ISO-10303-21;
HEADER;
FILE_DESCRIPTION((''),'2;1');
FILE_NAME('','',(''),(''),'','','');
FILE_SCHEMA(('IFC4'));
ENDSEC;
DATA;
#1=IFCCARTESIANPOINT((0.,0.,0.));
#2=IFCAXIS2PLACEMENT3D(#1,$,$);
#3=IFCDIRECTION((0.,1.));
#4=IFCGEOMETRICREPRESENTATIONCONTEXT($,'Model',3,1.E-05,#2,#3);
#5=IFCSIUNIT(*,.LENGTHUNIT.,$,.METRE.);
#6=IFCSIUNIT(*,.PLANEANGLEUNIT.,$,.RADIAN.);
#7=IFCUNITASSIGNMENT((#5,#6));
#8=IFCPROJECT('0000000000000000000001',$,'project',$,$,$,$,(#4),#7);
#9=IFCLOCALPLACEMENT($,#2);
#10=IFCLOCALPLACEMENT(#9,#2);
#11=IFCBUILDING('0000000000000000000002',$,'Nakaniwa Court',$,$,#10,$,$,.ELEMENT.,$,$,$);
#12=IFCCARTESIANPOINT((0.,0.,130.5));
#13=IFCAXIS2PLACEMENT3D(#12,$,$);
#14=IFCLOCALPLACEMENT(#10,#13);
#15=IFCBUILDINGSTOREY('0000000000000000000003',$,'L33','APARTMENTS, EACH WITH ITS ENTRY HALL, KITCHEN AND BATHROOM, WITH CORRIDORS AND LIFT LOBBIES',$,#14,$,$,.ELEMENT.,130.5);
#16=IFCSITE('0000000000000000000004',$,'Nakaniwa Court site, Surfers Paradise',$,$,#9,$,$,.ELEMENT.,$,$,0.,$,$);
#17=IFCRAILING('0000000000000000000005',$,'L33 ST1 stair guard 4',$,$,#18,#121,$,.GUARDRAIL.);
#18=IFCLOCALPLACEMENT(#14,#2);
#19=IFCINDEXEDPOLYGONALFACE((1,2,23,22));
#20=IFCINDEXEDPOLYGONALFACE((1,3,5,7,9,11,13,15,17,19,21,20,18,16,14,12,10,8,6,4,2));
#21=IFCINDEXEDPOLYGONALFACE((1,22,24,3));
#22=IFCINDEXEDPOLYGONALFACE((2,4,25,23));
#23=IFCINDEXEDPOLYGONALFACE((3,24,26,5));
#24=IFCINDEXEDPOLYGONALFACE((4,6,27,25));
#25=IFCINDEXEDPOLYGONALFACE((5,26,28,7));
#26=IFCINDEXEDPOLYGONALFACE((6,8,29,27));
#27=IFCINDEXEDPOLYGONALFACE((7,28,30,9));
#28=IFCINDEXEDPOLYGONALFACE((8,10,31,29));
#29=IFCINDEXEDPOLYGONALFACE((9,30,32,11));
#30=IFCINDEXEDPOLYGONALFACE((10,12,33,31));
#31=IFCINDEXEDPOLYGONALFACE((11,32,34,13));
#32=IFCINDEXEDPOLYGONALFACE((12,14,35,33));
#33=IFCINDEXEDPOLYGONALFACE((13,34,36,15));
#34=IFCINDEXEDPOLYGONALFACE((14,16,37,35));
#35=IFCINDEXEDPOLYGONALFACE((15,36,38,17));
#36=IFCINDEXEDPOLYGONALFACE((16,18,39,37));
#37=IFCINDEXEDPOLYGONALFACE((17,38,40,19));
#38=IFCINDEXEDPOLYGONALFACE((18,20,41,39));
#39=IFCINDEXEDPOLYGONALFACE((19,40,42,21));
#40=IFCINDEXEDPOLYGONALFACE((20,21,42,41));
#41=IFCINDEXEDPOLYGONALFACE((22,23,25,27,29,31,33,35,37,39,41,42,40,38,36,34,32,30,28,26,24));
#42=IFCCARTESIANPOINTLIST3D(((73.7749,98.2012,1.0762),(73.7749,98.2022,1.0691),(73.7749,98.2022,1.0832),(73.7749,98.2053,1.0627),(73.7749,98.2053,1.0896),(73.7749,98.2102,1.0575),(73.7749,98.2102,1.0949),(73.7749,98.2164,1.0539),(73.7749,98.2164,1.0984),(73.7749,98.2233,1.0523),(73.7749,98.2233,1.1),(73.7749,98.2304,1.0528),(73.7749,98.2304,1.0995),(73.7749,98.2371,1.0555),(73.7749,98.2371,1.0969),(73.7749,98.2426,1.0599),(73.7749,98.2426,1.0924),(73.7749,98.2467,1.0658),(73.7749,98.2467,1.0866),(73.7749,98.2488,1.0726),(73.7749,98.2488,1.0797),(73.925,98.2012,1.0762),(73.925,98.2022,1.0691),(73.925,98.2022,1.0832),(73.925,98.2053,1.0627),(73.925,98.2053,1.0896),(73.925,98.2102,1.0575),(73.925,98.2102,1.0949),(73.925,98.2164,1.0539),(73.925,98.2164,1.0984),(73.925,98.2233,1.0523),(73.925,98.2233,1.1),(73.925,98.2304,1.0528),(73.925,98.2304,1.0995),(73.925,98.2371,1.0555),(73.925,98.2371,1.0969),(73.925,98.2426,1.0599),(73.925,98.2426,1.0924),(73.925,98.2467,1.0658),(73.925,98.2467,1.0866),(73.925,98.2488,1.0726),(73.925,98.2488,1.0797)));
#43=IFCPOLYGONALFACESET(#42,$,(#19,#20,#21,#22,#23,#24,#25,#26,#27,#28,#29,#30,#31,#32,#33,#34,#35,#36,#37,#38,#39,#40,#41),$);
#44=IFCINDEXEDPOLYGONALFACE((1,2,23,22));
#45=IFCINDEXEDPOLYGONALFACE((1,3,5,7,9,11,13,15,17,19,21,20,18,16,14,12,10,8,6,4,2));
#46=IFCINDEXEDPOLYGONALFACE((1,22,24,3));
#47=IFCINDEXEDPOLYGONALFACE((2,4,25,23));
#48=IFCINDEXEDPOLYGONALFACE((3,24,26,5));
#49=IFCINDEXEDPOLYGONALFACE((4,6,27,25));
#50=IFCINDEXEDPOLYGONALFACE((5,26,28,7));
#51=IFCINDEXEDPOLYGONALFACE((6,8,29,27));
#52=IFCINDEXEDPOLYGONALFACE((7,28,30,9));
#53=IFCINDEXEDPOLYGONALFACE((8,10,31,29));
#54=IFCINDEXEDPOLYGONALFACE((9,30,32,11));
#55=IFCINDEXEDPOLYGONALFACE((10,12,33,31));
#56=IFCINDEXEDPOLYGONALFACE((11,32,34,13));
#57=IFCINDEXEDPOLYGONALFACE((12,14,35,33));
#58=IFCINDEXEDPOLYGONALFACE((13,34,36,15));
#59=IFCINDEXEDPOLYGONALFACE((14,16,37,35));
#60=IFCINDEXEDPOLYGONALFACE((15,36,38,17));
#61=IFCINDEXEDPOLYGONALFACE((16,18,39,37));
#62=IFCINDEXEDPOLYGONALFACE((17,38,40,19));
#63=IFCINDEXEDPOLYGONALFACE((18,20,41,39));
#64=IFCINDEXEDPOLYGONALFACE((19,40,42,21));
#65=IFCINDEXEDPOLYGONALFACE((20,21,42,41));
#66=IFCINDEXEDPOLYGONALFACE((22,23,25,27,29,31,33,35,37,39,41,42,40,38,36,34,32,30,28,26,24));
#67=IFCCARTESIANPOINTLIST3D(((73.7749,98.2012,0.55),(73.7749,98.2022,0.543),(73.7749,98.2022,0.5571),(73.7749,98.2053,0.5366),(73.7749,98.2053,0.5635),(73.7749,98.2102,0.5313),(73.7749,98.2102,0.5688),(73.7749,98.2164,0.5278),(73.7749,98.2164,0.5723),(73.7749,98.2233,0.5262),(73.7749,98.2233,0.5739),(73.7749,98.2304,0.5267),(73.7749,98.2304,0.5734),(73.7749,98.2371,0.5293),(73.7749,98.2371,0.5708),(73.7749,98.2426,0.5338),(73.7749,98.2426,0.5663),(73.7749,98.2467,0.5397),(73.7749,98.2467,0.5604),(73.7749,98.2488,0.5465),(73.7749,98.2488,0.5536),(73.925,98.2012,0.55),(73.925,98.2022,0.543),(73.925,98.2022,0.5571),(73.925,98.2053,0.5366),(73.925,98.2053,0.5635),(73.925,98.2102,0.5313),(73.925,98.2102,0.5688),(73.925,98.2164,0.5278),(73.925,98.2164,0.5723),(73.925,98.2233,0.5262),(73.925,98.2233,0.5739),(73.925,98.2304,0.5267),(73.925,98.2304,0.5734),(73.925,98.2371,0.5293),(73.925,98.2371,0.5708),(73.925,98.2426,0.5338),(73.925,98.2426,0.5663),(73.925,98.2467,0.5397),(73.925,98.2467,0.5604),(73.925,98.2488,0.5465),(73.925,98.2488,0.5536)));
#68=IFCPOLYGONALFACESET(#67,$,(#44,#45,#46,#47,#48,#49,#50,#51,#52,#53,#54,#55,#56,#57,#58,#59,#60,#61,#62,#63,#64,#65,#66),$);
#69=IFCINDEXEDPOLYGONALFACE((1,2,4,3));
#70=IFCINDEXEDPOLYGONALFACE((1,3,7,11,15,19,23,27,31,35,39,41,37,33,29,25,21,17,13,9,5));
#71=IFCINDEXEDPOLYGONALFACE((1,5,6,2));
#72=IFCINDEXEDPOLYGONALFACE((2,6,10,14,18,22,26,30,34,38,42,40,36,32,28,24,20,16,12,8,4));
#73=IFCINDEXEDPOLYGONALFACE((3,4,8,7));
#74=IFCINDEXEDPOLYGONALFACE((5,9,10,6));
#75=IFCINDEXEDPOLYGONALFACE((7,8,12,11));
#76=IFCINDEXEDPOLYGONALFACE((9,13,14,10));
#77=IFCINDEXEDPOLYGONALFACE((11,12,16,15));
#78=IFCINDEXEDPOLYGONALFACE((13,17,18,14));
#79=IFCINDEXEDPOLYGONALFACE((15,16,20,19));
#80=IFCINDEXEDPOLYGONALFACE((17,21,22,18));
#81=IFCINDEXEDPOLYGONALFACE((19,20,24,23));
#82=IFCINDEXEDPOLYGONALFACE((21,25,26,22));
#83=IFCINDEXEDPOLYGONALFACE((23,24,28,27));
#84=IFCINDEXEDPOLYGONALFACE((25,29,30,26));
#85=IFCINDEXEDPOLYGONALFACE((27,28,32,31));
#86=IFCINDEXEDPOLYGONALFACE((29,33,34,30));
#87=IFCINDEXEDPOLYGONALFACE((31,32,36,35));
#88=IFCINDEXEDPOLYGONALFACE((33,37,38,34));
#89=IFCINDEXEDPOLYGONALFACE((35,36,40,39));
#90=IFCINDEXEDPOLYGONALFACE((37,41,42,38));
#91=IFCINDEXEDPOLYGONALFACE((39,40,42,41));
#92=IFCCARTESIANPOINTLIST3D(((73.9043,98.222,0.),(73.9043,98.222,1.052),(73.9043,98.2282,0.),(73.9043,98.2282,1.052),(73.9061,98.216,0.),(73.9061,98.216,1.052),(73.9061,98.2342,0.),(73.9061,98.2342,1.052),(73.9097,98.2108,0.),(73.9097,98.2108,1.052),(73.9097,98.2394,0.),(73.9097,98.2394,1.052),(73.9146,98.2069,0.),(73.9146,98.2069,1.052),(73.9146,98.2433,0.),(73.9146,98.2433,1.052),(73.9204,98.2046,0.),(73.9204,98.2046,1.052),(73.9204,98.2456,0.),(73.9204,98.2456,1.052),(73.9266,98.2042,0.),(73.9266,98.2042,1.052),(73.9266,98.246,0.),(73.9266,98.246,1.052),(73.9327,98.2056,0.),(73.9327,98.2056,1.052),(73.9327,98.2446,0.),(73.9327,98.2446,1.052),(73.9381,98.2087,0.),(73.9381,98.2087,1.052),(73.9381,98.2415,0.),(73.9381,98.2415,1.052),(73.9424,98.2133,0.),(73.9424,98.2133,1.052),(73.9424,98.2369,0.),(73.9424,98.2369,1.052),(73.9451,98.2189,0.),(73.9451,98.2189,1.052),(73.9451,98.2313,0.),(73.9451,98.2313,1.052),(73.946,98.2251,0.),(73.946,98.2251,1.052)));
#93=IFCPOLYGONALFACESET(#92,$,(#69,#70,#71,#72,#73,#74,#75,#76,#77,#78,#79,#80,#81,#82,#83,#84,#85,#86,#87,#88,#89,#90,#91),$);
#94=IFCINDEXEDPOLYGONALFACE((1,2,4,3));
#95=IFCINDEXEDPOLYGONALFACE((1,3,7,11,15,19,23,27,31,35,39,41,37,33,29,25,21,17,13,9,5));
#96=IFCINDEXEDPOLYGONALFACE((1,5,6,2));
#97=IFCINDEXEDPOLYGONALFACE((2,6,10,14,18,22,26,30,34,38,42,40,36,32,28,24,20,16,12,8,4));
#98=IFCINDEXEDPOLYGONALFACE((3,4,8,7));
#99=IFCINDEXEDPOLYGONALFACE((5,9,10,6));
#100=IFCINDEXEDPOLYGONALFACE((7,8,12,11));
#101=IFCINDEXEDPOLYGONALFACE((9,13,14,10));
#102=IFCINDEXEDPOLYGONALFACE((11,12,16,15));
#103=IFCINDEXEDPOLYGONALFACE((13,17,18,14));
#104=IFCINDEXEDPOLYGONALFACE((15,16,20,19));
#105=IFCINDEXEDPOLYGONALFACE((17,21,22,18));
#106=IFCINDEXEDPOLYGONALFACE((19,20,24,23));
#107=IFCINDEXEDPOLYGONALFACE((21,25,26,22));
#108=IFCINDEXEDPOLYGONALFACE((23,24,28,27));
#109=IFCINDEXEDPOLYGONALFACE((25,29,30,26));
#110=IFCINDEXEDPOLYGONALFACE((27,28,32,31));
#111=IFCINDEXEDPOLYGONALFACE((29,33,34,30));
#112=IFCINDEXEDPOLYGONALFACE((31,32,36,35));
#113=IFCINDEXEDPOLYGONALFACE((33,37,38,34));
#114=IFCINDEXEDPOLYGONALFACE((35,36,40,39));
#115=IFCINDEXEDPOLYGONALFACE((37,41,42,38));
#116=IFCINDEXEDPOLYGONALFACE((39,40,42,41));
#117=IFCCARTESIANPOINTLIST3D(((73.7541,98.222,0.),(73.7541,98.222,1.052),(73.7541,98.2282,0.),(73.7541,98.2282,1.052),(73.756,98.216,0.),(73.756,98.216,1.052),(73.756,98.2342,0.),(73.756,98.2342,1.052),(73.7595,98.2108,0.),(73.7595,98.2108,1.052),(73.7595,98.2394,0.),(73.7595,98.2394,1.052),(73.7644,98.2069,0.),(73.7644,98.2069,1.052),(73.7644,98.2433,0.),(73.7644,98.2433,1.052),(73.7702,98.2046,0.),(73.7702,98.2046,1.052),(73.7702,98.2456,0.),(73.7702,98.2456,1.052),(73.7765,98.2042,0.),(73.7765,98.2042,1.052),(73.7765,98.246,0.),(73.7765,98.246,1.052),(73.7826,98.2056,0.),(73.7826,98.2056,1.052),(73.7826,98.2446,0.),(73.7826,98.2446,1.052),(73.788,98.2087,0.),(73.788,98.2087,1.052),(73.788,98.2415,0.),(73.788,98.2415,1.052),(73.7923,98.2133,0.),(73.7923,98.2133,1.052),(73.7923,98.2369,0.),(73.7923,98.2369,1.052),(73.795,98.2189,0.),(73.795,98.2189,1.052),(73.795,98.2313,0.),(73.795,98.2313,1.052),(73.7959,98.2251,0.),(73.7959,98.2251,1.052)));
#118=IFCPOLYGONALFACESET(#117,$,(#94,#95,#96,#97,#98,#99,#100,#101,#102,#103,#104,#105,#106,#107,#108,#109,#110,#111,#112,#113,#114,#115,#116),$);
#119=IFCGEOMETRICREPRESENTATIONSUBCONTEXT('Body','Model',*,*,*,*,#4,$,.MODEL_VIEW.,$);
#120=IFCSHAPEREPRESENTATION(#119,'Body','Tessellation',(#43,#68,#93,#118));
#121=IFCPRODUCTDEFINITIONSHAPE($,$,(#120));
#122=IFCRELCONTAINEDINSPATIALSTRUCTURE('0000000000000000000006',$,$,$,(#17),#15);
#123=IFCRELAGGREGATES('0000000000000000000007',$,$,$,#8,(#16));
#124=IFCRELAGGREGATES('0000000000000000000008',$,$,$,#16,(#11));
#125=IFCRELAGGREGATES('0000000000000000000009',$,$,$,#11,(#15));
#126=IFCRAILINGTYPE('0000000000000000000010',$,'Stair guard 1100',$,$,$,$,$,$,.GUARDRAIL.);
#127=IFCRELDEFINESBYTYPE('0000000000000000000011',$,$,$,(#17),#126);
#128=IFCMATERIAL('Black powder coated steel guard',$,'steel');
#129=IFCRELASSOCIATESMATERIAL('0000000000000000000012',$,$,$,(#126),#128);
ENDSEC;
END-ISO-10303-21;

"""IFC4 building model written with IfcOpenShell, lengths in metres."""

from ifc_helpers import new_model, si_unit, direction, frame, origin, origin_2d, place, context, subcontext, project, spatial, circle, extrude, material, type_object, element, save


model = new_model("IFC4")

# Units and contexts
model_context = context("Model", 3, precision=1e-05, world=origin(), true_north=direction((0.0, 1.0)))
body_context = subcontext(model_context, "Body", "Model", "MODEL_VIEW")
ifc_project = project(units=[si_unit("LENGTHUNIT", "METRE"), si_unit("PLANEANGLEUNIT", "RADIAN")], contexts=[model_context])

# Site, building, storey
site_placement = place(None, origin())
site = spatial("IfcSite", under=ifc_project, at=site_placement, Name="Nakaniwa Court site, Surfers Paradise", CompositionType="ELEMENT", RefElevation=0.0)
building_placement = place(site_placement, origin())
building = spatial("IfcBuilding", under=site, at=building_placement, Name="Nakaniwa Court", CompositionType="ELEMENT")
storey_placement = place(building_placement, frame((0.0, 0.0, 130.5)))
storey = spatial("IfcBuildingStorey", under=building, at=storey_placement, Name="L33", Description="APARTMENTS, EACH WITH ITS ENTRY HALL, KITCHEN AND BATHROOM, WITH CORRIDORS AND LIFT LOBBIES", CompositionType="ELEMENT", Elevation=130.5)

# Railing
ifc_material_1 = material(Name="Black powder coated steel guard", Category="steel")
railing_type_1 = type_object("IfcRailingType", Name="Stair guard 1100", PredefinedType="GUARDRAIL", material=ifc_material_1)
railing_1_placement = place(storey_placement, frame((73.925, 98.2251, 0.0)))
element("IfcRailing", 1, at=railing_1_placement, inside=storey, type_object=railing_type_1, Name="L33 ST1 stair guard 4", PredefinedType="GUARDRAIL", context=body_context, shape_type="SweptSolid", body=[
    extrude(circle(Radius=0.0239, at=origin_2d()), frame((0.0, 0.0, 1.0762), z_axis=(-1.0, 0.0, 0.0), x_axis=(0.0, -1.0, 0.0)), (0.0, 0.0, 1.0), 0.1501),
    extrude(circle(Radius=0.0239, at=origin_2d()), frame((0.0, 0.0, 0.55), z_axis=(-1.0, 0.0, 0.0), x_axis=(0.0, -1.0, 0.0)), (0.0, 0.0, 1.0), 0.1501),
    extrude(circle(Radius=0.021, at=origin_2d()), origin(), (0.0, 0.0, 1.0), 1.052),
    extrude(circle(Radius=0.021, at=origin_2d()), frame((-0.1501, 0.0, 0.0)), (0.0, 0.0, 1.0), 1.052),
])

save(model, "model.ifc")
